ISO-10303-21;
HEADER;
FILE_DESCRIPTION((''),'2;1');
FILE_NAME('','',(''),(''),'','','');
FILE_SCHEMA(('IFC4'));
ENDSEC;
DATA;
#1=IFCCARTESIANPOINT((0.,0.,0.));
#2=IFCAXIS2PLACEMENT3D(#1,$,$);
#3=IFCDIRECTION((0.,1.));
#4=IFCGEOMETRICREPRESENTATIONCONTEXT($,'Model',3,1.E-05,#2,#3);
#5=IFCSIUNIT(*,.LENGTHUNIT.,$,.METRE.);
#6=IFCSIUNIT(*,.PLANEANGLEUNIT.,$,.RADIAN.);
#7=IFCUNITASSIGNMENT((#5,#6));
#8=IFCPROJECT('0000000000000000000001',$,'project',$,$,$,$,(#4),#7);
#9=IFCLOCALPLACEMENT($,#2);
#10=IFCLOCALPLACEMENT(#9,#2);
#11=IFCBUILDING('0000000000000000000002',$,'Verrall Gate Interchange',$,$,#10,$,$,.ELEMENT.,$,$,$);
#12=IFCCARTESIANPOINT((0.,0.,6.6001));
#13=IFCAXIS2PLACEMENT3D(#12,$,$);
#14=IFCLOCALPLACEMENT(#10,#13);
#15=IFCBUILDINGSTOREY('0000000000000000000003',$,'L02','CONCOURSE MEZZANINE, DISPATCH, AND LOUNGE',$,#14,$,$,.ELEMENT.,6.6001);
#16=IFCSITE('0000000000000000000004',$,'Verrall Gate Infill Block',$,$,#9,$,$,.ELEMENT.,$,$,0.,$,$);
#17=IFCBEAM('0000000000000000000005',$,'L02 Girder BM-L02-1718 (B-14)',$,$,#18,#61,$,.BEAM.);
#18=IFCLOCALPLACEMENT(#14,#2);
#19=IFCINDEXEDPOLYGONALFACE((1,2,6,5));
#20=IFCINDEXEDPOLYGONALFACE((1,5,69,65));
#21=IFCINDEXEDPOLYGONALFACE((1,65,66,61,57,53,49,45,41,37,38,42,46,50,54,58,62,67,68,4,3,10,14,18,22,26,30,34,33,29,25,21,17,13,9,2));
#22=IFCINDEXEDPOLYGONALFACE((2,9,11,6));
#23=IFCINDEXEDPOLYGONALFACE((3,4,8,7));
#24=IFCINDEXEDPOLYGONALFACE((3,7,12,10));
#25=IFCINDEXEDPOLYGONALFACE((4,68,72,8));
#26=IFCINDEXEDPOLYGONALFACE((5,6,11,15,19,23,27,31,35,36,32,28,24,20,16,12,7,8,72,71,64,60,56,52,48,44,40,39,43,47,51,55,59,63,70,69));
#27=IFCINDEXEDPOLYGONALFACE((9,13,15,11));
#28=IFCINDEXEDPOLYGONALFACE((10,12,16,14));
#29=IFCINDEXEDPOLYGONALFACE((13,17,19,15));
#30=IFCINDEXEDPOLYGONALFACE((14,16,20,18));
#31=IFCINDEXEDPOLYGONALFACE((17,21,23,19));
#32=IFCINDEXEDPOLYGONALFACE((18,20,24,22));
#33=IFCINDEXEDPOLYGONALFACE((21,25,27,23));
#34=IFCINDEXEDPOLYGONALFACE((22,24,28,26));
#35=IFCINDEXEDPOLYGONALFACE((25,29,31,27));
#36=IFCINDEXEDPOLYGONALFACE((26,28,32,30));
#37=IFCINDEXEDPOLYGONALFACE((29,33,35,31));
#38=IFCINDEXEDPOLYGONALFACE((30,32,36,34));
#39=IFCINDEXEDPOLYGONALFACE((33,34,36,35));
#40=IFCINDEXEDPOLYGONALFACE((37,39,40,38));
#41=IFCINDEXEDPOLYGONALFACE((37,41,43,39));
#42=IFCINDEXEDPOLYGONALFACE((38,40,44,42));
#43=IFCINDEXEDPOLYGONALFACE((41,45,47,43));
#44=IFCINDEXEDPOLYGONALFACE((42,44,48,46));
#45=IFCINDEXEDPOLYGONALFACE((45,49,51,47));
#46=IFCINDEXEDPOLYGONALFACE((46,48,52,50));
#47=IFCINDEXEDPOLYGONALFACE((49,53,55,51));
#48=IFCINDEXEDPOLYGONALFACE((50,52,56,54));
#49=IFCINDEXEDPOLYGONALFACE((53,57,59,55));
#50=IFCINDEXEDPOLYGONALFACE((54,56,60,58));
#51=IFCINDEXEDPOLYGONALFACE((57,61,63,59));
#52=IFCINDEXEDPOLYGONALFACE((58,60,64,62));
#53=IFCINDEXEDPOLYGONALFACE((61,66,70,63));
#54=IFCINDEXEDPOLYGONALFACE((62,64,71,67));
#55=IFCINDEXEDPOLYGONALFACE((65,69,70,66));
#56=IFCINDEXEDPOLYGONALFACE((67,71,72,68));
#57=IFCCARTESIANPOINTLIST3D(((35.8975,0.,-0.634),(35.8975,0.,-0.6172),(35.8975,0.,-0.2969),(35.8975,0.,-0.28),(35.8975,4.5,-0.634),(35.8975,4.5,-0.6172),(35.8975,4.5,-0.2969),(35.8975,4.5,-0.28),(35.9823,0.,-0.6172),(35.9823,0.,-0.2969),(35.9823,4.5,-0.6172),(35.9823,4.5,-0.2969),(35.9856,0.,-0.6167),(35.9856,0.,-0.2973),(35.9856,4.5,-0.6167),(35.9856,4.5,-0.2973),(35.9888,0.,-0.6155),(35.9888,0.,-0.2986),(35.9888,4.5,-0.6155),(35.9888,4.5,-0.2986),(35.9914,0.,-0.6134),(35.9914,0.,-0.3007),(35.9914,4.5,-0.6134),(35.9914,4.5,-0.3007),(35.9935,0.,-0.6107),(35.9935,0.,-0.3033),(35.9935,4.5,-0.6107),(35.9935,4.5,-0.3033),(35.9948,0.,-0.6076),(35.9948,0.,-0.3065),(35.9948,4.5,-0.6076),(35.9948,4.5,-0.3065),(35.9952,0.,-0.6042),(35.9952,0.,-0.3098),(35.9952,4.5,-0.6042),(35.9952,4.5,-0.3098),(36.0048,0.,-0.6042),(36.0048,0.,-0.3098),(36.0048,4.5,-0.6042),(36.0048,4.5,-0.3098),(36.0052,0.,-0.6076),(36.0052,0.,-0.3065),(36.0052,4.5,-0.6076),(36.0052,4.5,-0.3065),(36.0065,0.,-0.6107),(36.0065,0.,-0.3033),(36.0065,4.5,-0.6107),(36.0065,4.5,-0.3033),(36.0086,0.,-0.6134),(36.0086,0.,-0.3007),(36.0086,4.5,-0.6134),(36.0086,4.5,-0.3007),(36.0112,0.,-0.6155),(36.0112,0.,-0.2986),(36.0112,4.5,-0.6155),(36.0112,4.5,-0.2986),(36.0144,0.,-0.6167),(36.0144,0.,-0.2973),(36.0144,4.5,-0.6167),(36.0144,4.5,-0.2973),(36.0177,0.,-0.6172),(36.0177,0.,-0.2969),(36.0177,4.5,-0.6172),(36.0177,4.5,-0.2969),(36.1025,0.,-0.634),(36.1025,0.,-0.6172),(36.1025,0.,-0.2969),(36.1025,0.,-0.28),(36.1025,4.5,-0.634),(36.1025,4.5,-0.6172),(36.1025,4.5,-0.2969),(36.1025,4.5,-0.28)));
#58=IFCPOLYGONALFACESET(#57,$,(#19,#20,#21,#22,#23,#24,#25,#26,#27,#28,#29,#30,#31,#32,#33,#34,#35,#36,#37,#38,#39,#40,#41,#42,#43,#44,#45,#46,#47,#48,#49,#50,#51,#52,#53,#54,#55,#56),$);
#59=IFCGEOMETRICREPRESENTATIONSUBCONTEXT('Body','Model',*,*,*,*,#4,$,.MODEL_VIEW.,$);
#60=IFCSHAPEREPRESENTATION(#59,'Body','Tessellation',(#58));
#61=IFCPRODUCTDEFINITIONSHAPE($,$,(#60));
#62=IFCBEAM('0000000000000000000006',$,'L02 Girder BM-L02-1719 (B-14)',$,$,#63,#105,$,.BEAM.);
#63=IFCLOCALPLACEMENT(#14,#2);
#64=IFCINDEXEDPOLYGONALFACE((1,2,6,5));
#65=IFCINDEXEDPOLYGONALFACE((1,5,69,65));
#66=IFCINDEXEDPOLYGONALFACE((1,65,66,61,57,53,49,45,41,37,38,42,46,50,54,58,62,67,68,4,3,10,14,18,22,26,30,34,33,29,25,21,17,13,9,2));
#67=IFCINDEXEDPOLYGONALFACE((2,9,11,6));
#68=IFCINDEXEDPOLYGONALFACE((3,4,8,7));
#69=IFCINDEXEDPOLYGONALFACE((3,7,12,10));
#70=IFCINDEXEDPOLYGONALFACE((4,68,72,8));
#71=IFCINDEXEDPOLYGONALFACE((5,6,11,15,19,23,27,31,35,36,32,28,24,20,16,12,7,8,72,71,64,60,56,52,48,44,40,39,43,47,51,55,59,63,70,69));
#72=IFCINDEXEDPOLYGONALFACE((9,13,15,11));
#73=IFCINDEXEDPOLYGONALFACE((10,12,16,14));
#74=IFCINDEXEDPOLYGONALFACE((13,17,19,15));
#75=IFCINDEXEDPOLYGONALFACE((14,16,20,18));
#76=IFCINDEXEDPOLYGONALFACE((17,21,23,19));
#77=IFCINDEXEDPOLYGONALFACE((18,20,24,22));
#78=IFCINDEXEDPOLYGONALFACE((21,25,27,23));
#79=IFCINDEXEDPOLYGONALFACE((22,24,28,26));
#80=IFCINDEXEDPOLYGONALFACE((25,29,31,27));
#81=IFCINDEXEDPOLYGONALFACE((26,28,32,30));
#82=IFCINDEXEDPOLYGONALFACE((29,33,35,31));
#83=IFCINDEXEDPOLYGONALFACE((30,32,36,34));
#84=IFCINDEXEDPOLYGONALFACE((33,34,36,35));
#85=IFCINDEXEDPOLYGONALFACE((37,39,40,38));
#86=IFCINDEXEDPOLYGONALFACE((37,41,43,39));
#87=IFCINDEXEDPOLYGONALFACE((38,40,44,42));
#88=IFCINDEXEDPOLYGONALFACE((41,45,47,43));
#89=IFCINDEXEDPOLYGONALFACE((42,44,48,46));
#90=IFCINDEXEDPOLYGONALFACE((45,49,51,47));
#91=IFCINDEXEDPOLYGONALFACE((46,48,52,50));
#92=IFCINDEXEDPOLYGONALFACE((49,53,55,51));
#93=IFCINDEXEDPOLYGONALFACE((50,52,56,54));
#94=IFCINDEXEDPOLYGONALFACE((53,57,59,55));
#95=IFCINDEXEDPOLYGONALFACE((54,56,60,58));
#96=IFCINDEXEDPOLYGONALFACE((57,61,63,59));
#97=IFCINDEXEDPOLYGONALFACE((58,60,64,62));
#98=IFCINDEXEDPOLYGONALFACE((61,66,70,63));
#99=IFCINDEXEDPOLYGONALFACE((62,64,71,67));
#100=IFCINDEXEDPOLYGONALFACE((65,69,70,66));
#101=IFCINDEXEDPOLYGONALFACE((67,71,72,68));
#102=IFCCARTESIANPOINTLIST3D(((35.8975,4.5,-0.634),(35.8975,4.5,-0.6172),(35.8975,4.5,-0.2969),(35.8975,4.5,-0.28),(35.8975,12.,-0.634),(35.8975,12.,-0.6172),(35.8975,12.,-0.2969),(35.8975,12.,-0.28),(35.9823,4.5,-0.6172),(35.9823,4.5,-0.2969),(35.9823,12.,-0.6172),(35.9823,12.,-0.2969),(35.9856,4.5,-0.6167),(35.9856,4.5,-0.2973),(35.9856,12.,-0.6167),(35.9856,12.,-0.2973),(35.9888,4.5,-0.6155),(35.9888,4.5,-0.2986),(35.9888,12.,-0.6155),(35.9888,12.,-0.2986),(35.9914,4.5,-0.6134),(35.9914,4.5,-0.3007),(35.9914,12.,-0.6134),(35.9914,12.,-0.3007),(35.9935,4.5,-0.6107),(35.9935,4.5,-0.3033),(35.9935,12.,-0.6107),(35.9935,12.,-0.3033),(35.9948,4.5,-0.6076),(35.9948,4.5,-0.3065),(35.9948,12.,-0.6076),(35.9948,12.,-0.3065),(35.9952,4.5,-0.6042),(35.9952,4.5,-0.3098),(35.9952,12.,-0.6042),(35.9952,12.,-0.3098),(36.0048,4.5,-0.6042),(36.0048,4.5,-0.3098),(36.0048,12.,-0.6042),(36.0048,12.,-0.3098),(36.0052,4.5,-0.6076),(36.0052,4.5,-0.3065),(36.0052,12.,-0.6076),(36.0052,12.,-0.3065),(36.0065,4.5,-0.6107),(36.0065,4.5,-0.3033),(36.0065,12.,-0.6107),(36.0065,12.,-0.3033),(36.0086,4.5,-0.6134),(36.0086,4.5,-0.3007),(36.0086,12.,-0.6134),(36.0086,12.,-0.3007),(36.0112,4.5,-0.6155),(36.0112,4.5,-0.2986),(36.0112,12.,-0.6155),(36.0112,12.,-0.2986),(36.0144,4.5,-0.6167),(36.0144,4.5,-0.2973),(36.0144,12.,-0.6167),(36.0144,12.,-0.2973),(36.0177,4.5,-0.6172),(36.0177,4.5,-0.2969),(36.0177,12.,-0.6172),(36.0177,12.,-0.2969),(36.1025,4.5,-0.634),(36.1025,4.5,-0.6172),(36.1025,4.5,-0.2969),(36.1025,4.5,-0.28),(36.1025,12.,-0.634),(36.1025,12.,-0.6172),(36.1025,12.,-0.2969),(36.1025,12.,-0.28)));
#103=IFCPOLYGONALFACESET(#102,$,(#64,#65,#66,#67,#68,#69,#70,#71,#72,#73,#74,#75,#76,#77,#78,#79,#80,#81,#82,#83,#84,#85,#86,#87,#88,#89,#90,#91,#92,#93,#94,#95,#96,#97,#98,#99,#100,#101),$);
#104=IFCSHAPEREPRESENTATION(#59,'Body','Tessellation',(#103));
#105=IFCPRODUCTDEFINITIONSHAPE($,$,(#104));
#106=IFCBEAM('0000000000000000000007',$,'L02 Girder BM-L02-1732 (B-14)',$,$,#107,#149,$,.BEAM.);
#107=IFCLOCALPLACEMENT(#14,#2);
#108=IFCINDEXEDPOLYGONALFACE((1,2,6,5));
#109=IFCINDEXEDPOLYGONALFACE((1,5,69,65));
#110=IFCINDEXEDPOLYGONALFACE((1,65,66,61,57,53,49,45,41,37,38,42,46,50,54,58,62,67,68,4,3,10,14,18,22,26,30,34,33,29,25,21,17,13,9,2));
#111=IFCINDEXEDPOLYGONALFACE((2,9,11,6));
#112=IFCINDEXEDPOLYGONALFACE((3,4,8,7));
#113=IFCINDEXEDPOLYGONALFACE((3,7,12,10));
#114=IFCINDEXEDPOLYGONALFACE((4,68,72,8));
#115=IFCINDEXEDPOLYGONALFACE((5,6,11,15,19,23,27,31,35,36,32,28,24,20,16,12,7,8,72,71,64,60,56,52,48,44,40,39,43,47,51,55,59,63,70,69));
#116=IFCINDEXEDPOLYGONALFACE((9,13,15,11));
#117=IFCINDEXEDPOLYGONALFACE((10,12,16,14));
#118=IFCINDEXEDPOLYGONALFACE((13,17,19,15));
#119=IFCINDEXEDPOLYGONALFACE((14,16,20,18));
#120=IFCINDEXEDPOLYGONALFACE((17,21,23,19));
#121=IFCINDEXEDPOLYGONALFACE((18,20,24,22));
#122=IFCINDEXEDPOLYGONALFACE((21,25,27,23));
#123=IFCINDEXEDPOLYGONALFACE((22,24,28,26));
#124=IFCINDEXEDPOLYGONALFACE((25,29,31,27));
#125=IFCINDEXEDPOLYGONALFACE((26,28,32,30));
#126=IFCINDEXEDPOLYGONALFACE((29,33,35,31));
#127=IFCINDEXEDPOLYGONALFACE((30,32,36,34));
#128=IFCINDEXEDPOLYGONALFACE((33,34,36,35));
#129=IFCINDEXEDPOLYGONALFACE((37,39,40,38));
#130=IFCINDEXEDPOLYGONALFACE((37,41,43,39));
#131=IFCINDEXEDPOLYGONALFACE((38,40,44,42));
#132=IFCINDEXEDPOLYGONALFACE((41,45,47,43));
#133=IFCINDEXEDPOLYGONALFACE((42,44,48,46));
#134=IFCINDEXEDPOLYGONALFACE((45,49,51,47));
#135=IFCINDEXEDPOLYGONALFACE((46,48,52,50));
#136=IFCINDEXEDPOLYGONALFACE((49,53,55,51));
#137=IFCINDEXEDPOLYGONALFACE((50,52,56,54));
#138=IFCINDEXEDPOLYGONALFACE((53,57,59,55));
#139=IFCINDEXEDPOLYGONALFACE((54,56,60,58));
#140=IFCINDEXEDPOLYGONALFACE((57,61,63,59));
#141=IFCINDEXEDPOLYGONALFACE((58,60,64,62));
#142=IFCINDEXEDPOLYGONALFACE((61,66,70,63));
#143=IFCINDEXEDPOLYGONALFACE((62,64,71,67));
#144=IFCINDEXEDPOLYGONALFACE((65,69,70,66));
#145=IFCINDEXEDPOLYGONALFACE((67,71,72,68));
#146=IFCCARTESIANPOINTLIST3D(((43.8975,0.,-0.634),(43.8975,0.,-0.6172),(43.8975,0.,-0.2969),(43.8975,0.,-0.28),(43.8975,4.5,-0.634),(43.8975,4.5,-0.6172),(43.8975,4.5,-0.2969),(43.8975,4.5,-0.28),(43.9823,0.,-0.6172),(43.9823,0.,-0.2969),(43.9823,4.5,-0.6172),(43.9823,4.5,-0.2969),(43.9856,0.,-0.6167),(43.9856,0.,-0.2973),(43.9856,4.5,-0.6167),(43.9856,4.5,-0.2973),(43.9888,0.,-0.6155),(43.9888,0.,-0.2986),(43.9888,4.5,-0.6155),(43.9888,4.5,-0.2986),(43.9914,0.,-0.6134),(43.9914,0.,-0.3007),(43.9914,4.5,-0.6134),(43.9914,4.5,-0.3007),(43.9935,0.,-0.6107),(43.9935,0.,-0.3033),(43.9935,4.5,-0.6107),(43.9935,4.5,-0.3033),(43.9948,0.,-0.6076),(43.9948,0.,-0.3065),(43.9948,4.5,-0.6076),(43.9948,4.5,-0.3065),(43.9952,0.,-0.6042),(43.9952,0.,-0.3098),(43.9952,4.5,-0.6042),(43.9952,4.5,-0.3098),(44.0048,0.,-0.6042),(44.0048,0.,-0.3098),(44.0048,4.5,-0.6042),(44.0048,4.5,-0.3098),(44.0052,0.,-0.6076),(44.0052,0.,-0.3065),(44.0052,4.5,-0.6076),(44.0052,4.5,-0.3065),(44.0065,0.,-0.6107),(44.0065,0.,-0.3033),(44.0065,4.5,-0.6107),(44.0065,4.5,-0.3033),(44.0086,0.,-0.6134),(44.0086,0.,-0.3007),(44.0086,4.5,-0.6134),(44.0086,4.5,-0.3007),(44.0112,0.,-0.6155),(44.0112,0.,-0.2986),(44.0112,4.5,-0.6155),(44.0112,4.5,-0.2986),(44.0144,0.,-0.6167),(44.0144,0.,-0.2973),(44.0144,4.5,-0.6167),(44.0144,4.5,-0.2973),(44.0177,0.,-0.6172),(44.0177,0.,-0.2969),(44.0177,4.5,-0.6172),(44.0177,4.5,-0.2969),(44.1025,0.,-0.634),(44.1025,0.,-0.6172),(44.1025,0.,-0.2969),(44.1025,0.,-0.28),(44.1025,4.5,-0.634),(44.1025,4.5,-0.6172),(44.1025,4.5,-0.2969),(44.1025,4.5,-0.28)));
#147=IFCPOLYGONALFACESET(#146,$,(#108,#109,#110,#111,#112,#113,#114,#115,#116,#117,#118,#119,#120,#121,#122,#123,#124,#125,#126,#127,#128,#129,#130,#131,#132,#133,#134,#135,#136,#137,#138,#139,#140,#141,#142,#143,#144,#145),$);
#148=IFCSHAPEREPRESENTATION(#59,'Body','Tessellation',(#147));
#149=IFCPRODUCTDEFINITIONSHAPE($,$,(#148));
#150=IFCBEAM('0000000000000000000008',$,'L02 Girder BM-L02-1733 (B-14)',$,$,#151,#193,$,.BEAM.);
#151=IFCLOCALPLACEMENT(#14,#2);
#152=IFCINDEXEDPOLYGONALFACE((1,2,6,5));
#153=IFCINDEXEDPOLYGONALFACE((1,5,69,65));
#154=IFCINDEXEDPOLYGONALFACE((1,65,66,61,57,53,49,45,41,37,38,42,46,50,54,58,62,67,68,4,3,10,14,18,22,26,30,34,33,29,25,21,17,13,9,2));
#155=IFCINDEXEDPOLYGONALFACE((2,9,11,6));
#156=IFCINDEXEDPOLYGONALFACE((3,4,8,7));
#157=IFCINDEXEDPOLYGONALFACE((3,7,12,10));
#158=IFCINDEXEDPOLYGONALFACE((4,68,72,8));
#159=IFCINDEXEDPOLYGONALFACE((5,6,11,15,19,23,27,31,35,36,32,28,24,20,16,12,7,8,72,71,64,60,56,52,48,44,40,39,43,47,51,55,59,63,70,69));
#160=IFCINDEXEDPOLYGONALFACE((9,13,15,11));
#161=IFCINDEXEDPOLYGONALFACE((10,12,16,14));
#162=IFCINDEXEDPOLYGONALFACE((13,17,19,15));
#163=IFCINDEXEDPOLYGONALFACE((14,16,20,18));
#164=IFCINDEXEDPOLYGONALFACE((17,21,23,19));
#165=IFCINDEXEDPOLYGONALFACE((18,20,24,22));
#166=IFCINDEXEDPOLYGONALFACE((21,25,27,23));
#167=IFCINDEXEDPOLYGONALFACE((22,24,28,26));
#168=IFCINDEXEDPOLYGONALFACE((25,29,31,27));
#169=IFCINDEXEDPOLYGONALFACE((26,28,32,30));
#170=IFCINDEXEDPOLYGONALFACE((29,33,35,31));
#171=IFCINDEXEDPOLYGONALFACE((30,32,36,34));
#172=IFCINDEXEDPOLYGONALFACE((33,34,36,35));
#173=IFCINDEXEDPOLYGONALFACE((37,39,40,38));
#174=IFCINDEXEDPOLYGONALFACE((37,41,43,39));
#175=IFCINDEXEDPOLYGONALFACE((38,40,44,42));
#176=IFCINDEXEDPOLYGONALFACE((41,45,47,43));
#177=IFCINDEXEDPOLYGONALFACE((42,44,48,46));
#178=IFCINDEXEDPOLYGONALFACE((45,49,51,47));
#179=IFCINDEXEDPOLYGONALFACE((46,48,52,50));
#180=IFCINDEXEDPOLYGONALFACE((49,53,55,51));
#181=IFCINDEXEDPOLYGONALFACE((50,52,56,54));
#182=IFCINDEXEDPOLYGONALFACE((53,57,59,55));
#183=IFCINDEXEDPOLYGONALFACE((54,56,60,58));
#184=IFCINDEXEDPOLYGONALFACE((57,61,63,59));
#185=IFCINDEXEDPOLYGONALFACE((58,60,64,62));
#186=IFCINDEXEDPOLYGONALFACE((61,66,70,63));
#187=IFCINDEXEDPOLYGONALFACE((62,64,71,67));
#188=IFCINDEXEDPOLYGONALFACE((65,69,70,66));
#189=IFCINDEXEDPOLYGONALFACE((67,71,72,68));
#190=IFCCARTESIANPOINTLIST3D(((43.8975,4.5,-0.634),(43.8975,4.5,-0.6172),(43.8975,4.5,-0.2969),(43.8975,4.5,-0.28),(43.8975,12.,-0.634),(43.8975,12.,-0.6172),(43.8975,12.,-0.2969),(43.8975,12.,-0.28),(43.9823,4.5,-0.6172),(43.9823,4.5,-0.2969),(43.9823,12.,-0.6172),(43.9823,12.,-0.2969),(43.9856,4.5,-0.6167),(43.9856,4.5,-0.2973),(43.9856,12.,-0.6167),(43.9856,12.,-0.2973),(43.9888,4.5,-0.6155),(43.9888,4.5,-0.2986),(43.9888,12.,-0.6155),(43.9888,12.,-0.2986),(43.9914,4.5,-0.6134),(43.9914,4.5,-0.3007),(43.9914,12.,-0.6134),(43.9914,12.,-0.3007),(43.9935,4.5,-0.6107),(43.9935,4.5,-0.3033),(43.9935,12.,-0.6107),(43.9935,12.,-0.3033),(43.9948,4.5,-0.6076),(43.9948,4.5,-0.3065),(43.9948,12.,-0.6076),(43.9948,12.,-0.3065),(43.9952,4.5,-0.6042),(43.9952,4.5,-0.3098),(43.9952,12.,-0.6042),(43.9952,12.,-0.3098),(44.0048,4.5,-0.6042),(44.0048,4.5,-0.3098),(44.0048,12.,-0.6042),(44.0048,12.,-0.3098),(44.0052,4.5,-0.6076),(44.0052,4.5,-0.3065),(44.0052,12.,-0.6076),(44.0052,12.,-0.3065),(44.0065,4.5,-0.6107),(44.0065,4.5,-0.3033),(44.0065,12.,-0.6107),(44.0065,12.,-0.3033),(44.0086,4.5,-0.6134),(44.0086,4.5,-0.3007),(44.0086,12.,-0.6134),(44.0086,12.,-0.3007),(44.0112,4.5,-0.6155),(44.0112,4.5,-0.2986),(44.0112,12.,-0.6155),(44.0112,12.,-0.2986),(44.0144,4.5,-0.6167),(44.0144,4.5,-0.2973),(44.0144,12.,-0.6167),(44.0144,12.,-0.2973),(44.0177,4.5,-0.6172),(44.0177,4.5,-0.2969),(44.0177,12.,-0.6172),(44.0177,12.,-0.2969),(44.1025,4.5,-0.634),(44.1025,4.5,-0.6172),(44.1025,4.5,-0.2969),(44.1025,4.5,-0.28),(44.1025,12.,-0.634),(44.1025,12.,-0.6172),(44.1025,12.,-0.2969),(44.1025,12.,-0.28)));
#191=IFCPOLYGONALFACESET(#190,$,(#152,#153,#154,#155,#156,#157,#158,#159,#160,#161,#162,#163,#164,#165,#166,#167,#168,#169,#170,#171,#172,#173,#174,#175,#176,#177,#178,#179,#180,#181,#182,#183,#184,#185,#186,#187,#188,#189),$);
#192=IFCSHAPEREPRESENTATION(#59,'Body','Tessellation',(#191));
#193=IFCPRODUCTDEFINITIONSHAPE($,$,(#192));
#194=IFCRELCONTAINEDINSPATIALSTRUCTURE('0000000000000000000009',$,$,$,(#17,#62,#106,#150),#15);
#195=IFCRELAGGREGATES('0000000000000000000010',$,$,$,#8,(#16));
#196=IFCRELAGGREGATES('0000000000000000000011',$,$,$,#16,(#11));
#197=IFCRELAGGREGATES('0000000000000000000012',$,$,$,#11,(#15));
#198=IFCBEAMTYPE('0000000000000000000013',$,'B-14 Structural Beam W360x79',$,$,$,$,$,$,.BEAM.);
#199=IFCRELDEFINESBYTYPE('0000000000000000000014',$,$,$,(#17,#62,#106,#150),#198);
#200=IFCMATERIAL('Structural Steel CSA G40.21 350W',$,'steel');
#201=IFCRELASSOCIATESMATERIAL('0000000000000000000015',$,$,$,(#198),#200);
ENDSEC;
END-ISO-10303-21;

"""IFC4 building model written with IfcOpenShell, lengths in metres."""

from ifc_helpers import new_model, si_unit, direction, frame, origin, origin_2d, place, context, subcontext, project, spatial, i_section, extrude, material, material_profile, profile_set, type_object, element, save


model = new_model("IFC4")

# Units and contexts
model_context = context("Model", 3, precision=1e-05, world=origin(), true_north=direction((0.0, 1.0)))
body_context = subcontext(model_context, "Body", "Model", "MODEL_VIEW")
ifc_project = project(units=[si_unit("LENGTHUNIT", "METRE"), si_unit("PLANEANGLEUNIT", "RADIAN")], contexts=[model_context])

# Site, building, storey
site_placement = place(None, origin())
site = spatial("IfcSite", under=ifc_project, at=site_placement, Name="Verrall Gate Infill Block", CompositionType="ELEMENT", RefElevation=0.0)
building_placement = place(site_placement, origin())
building = spatial("IfcBuilding", under=site, at=building_placement, Name="Verrall Gate Interchange", CompositionType="ELEMENT")
storey_placement = place(building_placement, frame((0.0, 0.0, 6.6001)))
storey = spatial("IfcBuildingStorey", under=building, at=storey_placement, Name="L02", Description="CONCOURSE MEZZANINE, DISPATCH, AND LOUNGE", CompositionType="ELEMENT", Elevation=6.6001)

# Beams
ifc_material_1 = material(Name="Structural Steel CSA G40.21 350W", Category="steel")
ifc_material_profile_1 = material_profile(ifc_material_1, i_section(OverallWidth=0.2051, OverallDepth=0.354, WebThickness=0.0095, FlangeThickness=0.0168, FilletRadius=0.0129, at=origin_2d()), Name="W360x79")
ifc_profile_set_1 = profile_set([ifc_material_profile_1], Name="Structural Steel CSA G40.21 350W")
beam_type_1 = type_object("IfcBeamType", Name="B-14 Structural Beam W360x79", PredefinedType="BEAM", material=ifc_profile_set_1)
beam_1_placement = place(storey_placement, frame((36.0, 0.0, -0.457), z_axis=(0.0, 1.0, 0.0), x_axis=(-1.0, 0.0, 0.0)))
element("IfcBeam", 1, at=beam_1_placement, inside=storey, type_object=beam_type_1, Name="L02 Girder BM-L02-1718 (B-14)", PredefinedType="BEAM", context=body_context, shape_type="SweptSolid", body=[
    extrude(i_section(OverallWidth=0.2051, OverallDepth=0.354, WebThickness=0.0095, FlangeThickness=0.0168, FilletRadius=0.0129, at=origin_2d()), origin(), (0.0, 0.0, 1.0), 4.5),
])
beam_2_placement = place(storey_placement, frame((36.0, 4.5, -0.457), z_axis=(0.0, 1.0, 0.0), x_axis=(-1.0, 0.0, 0.0)))
element("IfcBeam", 2, at=beam_2_placement, inside=storey, type_object=beam_type_1, Name="L02 Girder BM-L02-1719 (B-14)", PredefinedType="BEAM", context=body_context, shape_type="SweptSolid", body=[
    extrude(i_section(OverallWidth=0.2051, OverallDepth=0.354, WebThickness=0.0095, FlangeThickness=0.0168, FilletRadius=0.0129, at=origin_2d()), origin(), (0.0, 0.0, 1.0), 7.5),
])
beam_3_placement = place(storey_placement, frame((44.0, 0.0, -0.457), z_axis=(0.0, 1.0, 0.0), x_axis=(-1.0, 0.0, 0.0)))
element("IfcBeam", 3, at=beam_3_placement, inside=storey, type_object=beam_type_1, Name="L02 Girder BM-L02-1732 (B-14)", PredefinedType="BEAM", context=body_context, shape_type="SweptSolid", body=[
    extrude(i_section(OverallWidth=0.2051, OverallDepth=0.354, WebThickness=0.0095, FlangeThickness=0.0168, FilletRadius=0.0129, at=origin_2d()), origin(), (0.0, 0.0, 1.0), 4.5),
])
beam_4_placement = place(storey_placement, frame((44.0, 4.5, -0.457), z_axis=(0.0, 1.0, 0.0), x_axis=(-1.0, 0.0, 0.0)))
element("IfcBeam", 4, at=beam_4_placement, inside=storey, type_object=beam_type_1, Name="L02 Girder BM-L02-1733 (B-14)", PredefinedType="BEAM", context=body_context, shape_type="SweptSolid", body=[
    extrude(i_section(OverallWidth=0.2051, OverallDepth=0.354, WebThickness=0.0095, FlangeThickness=0.0168, FilletRadius=0.0129, at=origin_2d()), origin(), (0.0, 0.0, 1.0), 7.5),
])

save(model, "model.ifc")
